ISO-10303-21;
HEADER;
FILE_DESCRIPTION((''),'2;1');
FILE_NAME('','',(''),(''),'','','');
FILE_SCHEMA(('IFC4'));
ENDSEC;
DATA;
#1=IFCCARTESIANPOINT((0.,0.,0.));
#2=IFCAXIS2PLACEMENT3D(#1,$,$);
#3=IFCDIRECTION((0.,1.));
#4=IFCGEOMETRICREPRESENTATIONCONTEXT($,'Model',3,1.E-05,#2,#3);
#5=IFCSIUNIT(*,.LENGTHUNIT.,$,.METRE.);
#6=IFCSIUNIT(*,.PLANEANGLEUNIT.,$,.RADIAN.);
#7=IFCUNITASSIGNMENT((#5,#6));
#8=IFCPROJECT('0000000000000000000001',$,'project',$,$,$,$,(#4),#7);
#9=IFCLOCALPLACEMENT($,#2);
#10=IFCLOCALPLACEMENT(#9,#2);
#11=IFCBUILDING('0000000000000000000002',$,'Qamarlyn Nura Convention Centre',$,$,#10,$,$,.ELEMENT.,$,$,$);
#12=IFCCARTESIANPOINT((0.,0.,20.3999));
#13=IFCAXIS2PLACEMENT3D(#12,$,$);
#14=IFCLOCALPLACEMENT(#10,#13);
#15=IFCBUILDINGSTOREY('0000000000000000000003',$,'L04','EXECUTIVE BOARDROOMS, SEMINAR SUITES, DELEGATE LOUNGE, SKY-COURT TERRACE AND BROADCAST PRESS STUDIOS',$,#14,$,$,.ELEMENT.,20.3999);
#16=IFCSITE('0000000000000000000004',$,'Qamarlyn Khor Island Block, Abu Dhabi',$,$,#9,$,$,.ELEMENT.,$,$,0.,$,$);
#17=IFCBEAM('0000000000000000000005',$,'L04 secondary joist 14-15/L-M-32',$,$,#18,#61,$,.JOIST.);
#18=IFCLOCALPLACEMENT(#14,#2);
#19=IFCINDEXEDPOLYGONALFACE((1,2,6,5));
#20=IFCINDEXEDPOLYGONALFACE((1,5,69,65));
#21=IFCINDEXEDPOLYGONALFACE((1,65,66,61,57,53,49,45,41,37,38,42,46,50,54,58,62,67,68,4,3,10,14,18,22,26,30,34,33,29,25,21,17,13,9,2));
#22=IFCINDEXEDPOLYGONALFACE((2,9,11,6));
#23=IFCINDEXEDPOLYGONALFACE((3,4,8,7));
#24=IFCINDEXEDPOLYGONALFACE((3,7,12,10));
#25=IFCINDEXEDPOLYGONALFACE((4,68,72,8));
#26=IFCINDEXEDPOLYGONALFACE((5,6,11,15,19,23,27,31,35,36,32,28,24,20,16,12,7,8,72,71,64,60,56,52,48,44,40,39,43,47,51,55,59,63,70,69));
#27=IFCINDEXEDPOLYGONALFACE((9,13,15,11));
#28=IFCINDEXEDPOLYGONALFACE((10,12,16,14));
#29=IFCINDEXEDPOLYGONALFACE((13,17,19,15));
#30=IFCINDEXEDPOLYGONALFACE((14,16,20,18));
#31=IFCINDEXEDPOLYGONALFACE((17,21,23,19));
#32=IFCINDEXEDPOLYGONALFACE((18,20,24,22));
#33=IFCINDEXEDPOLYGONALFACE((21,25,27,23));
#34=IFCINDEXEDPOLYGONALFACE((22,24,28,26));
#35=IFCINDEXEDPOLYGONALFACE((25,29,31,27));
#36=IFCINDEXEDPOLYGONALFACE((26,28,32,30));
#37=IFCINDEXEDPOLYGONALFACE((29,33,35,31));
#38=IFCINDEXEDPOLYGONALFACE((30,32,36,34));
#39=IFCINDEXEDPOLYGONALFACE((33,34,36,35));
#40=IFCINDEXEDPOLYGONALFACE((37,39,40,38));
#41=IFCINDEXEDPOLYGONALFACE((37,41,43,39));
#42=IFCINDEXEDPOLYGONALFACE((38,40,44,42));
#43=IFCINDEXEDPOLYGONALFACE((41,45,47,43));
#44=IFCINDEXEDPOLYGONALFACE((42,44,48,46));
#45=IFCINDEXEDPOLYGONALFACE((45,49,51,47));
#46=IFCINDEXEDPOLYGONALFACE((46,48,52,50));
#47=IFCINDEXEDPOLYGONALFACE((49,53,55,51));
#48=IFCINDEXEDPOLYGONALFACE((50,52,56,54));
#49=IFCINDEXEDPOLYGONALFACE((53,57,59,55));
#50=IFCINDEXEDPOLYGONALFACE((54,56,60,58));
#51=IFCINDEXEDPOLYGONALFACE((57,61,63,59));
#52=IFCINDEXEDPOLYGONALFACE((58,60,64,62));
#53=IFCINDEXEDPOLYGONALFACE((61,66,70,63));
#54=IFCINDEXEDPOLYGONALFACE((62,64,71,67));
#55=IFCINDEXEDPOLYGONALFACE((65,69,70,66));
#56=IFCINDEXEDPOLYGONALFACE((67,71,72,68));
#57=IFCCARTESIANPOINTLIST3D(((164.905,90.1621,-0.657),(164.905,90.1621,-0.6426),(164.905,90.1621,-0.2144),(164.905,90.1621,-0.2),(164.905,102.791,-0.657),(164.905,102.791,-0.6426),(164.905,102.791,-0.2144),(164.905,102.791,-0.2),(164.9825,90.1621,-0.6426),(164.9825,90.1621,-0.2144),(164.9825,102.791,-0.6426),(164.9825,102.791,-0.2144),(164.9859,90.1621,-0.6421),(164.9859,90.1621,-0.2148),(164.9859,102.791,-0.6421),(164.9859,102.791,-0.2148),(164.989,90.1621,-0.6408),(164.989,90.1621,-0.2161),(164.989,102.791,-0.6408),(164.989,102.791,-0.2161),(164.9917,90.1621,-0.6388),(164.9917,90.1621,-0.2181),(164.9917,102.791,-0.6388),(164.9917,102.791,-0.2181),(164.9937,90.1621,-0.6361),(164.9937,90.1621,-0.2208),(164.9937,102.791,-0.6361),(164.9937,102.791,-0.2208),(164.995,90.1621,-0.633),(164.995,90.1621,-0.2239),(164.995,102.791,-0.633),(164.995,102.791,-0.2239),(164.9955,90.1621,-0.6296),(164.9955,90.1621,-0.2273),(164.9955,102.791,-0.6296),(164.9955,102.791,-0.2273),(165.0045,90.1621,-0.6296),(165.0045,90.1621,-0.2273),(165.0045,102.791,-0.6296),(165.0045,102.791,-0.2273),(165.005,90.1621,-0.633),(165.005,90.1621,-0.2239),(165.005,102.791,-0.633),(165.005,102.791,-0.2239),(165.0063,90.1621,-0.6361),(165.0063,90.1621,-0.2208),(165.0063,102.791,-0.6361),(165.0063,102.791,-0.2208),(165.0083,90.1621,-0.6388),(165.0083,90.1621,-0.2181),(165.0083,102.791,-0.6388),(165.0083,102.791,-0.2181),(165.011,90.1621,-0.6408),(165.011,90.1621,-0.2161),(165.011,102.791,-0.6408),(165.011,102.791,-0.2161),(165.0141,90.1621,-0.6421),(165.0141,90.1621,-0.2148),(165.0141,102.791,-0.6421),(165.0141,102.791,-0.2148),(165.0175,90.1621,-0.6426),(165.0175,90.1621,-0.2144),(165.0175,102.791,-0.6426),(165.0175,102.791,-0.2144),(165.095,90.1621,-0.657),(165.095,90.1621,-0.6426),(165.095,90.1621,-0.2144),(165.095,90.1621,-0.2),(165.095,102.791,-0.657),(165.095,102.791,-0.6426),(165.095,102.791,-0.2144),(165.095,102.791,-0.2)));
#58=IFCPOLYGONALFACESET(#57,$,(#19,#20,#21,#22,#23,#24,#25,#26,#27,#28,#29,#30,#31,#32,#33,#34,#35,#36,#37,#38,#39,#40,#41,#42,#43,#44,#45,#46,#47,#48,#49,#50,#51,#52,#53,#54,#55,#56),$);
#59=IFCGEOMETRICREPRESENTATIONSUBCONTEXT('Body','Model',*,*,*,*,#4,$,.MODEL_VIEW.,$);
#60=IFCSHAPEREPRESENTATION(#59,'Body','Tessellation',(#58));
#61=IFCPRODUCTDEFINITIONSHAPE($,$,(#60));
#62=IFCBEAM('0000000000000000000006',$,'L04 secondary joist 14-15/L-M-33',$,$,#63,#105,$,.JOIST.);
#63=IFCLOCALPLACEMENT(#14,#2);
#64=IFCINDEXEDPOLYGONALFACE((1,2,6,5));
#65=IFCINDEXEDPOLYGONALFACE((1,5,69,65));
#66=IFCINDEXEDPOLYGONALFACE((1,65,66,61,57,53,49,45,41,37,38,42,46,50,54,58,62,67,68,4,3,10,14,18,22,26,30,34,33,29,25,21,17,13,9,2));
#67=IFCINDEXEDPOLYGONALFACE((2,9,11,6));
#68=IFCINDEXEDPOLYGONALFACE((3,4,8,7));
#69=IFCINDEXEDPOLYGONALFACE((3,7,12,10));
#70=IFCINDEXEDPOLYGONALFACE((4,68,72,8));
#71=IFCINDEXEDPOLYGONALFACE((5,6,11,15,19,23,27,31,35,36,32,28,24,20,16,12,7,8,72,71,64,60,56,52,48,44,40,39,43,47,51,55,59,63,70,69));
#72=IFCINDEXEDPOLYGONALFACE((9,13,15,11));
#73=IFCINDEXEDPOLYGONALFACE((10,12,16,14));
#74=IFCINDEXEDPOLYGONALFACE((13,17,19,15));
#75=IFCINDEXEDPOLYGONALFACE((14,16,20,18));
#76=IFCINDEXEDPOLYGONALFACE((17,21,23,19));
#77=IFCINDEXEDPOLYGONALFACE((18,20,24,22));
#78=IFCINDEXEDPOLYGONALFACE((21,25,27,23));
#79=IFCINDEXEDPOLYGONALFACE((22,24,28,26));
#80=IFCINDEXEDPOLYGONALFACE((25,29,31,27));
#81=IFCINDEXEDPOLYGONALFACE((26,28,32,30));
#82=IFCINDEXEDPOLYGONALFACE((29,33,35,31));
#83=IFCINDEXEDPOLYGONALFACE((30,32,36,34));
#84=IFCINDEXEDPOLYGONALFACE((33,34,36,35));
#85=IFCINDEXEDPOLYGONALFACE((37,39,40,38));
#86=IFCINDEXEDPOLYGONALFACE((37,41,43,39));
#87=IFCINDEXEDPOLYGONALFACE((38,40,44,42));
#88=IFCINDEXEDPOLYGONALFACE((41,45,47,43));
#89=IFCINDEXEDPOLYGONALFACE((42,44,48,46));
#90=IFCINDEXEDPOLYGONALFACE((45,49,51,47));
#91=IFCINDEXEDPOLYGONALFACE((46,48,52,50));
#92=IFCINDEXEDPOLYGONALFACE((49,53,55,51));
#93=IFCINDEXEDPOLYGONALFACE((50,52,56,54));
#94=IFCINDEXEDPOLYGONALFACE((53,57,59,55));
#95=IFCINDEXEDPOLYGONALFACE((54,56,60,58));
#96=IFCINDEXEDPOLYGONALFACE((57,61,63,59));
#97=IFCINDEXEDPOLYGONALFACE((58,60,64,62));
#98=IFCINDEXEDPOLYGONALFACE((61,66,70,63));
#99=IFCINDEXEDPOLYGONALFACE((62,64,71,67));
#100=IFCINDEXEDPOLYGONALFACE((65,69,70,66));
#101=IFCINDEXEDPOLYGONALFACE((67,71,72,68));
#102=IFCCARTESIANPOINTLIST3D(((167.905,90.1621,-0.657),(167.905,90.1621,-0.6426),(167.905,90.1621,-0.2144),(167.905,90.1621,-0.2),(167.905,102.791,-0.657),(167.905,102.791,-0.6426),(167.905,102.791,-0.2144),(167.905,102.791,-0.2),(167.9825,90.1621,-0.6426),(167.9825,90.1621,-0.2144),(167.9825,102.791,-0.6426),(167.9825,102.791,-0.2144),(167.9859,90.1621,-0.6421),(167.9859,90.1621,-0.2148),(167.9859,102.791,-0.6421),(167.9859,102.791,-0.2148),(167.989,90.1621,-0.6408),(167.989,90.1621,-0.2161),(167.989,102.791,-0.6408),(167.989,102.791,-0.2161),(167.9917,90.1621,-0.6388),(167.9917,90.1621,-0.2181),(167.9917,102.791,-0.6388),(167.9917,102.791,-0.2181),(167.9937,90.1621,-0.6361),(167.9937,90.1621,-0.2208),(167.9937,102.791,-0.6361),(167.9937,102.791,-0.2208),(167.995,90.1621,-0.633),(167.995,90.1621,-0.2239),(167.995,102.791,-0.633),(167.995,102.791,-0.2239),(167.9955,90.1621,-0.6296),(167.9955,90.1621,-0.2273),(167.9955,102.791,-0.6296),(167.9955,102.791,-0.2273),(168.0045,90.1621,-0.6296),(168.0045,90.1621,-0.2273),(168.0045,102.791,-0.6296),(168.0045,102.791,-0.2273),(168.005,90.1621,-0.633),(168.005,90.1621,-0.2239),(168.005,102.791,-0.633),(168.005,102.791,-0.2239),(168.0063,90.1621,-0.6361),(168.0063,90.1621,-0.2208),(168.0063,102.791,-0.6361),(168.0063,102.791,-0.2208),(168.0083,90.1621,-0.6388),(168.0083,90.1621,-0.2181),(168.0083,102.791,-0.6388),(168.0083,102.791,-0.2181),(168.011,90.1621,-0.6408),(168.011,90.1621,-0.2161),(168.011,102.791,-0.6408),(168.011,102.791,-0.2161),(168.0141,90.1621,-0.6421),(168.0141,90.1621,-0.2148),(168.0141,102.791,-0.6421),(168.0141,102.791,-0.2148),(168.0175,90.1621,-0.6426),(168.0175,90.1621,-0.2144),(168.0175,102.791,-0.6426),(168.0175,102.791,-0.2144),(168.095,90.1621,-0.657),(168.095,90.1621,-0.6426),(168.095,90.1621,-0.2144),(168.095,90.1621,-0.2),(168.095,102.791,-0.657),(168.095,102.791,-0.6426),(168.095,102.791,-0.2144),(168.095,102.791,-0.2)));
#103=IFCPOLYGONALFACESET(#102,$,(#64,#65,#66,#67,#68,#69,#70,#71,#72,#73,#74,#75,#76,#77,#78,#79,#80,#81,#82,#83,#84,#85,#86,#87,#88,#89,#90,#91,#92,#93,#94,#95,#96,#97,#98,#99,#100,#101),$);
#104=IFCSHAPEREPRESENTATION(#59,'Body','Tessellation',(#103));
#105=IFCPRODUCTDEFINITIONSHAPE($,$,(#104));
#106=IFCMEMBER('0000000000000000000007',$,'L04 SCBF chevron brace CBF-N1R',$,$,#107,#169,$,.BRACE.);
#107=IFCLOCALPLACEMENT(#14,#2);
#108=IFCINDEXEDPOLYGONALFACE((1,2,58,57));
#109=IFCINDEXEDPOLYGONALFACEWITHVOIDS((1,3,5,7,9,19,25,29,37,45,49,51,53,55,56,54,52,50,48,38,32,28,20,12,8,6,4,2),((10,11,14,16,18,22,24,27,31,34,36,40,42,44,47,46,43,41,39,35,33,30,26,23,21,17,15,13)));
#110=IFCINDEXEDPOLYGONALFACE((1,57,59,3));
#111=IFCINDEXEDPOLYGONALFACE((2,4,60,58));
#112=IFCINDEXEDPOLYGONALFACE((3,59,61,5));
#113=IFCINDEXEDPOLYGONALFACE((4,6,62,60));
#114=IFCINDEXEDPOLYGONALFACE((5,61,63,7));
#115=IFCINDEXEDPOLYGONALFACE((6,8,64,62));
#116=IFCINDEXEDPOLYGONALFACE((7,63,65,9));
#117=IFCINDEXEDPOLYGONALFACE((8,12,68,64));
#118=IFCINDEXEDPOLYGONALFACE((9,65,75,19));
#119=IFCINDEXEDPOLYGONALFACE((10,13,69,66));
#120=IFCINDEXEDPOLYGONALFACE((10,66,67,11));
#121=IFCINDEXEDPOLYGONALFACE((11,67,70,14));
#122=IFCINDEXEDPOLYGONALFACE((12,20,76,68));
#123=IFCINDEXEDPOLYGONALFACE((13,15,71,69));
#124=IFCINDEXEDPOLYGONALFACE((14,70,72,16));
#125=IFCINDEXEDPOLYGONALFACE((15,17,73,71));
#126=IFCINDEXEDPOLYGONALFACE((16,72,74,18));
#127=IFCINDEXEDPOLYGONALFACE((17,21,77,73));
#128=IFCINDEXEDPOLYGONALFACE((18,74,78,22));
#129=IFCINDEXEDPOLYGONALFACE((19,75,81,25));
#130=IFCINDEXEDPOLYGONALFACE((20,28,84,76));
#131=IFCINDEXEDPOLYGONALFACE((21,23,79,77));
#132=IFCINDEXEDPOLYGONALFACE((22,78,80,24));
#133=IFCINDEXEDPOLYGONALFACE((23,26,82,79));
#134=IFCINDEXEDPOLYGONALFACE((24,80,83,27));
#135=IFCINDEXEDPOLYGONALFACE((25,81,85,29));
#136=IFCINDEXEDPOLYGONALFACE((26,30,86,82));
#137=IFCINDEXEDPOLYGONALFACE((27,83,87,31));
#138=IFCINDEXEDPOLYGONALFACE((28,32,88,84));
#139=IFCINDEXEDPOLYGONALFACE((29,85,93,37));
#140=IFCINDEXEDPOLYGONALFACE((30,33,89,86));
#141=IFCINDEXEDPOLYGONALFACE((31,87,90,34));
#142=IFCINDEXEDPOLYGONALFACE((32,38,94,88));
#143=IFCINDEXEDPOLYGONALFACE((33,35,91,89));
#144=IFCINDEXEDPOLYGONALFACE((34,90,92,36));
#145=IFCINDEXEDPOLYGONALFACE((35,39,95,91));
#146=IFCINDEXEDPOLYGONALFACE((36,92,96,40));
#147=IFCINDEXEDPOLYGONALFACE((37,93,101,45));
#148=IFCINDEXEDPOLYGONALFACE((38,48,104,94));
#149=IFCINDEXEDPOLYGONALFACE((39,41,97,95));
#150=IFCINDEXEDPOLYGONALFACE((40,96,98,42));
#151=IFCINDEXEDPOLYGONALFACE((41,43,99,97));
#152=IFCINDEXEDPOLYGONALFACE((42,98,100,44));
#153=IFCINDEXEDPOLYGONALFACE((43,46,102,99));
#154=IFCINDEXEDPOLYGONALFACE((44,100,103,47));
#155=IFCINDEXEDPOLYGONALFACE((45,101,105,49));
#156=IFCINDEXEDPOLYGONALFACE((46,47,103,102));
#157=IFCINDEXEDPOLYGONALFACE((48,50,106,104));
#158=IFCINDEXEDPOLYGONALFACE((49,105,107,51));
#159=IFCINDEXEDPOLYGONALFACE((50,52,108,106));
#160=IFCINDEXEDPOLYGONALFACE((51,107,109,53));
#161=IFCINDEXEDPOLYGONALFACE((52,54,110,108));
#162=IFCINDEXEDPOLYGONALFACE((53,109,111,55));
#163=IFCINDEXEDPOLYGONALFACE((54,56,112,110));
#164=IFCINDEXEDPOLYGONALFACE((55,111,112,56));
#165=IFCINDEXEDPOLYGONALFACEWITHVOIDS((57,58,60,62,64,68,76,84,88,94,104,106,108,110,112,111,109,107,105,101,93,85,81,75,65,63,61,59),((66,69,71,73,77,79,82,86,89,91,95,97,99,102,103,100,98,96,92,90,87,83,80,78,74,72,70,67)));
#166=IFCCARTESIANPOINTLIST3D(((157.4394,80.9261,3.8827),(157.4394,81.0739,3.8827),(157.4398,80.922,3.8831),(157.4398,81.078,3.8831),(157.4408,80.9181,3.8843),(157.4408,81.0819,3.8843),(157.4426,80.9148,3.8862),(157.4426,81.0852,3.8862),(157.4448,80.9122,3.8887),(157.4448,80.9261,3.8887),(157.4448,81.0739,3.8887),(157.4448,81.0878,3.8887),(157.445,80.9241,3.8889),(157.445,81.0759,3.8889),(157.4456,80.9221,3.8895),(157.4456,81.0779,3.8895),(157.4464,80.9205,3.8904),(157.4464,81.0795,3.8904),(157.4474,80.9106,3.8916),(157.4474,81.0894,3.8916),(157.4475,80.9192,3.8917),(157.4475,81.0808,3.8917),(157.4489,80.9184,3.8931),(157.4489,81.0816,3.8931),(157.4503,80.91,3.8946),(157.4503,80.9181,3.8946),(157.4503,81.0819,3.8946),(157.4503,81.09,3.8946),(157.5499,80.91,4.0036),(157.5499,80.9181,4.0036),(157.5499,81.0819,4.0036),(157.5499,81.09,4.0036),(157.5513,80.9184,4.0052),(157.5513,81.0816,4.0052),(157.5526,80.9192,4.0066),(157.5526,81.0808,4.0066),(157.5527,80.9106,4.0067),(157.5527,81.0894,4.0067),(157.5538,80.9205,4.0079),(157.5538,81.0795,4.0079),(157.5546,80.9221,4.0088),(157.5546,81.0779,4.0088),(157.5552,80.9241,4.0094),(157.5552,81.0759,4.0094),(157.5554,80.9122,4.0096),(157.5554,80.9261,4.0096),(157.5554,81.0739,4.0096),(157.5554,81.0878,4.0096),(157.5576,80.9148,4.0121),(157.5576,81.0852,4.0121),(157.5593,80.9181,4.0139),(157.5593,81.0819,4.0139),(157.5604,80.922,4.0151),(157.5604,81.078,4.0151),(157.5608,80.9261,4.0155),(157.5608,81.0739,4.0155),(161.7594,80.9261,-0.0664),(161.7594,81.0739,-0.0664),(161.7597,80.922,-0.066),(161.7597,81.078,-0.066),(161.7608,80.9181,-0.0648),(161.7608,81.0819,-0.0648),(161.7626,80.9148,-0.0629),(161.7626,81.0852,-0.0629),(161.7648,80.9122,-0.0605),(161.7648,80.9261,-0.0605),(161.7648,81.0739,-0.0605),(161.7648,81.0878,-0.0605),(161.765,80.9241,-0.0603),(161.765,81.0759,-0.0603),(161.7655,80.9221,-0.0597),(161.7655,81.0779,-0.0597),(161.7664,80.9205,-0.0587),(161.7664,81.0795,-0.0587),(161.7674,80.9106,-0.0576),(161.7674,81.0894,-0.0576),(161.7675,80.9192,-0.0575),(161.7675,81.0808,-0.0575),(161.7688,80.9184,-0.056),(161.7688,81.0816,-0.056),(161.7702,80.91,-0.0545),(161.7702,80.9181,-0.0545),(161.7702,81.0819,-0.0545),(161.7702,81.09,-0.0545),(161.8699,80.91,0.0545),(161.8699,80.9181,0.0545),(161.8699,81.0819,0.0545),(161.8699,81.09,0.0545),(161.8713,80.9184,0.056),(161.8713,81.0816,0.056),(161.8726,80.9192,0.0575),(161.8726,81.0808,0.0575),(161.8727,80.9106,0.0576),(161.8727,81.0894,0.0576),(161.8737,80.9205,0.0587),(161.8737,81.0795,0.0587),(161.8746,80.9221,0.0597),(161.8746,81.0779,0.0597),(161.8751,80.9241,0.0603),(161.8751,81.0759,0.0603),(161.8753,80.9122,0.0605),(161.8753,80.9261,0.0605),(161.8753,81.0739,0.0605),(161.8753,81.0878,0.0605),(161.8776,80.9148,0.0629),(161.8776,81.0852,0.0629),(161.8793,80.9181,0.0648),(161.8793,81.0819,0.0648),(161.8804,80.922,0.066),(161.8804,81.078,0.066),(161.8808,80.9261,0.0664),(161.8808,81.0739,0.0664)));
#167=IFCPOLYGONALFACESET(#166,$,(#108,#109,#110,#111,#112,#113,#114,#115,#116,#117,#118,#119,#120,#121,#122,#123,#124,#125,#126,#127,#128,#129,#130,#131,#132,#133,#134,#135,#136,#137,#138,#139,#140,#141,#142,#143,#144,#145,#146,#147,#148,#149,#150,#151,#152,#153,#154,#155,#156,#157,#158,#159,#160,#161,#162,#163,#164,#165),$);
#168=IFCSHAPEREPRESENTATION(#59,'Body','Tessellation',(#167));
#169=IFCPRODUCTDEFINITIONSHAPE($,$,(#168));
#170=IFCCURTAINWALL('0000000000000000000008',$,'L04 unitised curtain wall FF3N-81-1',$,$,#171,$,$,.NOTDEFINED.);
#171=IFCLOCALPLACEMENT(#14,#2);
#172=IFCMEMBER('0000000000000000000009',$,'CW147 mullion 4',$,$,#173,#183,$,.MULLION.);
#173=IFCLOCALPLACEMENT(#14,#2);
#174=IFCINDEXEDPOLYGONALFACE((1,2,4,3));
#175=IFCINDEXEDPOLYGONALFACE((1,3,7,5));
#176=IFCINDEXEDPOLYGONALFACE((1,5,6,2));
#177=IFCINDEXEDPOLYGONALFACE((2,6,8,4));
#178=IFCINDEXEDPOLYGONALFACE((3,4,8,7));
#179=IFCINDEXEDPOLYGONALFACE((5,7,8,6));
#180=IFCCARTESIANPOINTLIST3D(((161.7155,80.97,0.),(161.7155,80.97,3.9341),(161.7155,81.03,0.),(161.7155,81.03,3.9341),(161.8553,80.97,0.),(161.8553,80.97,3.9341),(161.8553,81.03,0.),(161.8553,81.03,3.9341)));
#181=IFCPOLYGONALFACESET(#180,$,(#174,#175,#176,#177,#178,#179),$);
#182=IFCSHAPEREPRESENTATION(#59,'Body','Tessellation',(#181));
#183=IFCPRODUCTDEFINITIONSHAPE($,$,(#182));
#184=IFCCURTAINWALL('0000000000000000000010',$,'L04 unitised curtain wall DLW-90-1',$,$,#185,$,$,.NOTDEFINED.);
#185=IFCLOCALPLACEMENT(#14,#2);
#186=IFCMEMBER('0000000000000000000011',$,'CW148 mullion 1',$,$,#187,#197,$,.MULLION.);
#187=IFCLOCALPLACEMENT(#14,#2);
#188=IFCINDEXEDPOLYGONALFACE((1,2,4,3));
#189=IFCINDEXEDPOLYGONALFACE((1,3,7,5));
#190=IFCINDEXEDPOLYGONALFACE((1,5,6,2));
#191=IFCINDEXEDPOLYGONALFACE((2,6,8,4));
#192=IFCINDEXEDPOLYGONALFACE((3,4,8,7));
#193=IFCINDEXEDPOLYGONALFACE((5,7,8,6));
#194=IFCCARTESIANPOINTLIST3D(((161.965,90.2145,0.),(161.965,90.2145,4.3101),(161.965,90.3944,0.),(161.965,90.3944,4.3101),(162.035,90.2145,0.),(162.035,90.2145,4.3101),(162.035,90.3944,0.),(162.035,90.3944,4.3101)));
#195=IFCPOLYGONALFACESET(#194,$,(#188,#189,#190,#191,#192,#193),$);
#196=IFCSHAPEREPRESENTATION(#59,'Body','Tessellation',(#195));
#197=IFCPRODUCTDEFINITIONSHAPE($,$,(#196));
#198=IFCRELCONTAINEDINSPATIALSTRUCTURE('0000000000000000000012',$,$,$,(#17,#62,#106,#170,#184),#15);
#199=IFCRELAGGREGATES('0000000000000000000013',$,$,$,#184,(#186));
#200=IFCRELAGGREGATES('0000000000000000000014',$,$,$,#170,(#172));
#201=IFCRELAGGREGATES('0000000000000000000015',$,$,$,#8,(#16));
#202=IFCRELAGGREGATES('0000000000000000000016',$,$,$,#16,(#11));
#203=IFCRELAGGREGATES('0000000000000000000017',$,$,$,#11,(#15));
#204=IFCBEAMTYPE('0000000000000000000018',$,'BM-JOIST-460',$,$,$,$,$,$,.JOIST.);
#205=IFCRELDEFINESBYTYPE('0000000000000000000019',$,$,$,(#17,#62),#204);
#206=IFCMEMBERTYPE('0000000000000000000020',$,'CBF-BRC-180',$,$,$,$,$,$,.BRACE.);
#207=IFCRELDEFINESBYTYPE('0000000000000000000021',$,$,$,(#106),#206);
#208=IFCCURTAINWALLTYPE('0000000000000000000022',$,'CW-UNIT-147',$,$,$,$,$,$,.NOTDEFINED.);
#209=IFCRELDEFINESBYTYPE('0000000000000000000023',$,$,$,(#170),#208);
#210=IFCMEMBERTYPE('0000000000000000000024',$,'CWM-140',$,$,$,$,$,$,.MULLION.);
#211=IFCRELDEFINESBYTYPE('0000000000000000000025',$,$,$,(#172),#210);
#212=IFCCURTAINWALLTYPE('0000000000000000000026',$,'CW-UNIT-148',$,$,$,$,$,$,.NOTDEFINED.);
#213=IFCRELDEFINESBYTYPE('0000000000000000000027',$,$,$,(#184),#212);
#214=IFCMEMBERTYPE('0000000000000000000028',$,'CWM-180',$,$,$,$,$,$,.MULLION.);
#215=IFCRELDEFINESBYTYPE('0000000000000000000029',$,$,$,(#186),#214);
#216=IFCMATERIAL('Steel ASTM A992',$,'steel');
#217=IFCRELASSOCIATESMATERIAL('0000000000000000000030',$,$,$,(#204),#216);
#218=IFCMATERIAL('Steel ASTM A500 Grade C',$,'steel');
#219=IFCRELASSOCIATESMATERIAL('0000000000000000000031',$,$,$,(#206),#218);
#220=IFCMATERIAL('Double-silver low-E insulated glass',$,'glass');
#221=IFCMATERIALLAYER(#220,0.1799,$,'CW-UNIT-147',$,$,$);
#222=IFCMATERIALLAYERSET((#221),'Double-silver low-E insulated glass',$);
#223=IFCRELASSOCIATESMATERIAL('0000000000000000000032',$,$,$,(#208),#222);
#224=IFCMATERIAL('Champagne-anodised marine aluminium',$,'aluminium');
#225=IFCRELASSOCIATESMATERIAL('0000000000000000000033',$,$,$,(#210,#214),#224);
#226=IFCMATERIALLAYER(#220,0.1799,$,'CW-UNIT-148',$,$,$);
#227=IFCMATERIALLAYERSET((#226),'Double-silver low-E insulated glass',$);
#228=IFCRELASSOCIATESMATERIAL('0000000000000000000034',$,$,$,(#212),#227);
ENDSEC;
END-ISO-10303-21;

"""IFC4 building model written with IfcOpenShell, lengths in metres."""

from ifc_helpers import new_model, si_unit, direction, frame, origin, origin_2d, place, context, subcontext, project, spatial, rectangle, hollow_rectangle, i_section, extrude, material, layer, layer_set, material_profile, profile_set, type_object, element, aggregate, save


model = new_model("IFC4")

# Units and contexts
model_context = context("Model", 3, precision=1e-05, world=origin(), true_north=direction((0.0, 1.0)))
body_context = subcontext(model_context, "Body", "Model", "MODEL_VIEW")
ifc_project = project(units=[si_unit("LENGTHUNIT", "METRE"), si_unit("PLANEANGLEUNIT", "RADIAN")], contexts=[model_context])

# Site, building, storey
site_placement = place(None, origin())
site = spatial("IfcSite", under=ifc_project, at=site_placement, Name="Qamarlyn Khor Island Block, Abu Dhabi", CompositionType="ELEMENT", RefElevation=0.0)
building_placement = place(site_placement, origin())
building = spatial("IfcBuilding", under=site, at=building_placement, Name="Qamarlyn Nura Convention Centre", CompositionType="ELEMENT")
storey_placement = place(building_placement, frame((0.0, 0.0, 20.3999)))
storey = spatial("IfcBuildingStorey", under=building, at=storey_placement, Name="L04", Description="EXECUTIVE BOARDROOMS, SEMINAR SUITES, DELEGATE LOUNGE, SKY-COURT TERRACE AND BROADCAST PRESS STUDIOS", CompositionType="ELEMENT", Elevation=20.3999)

# Shared definitions
ifc_material_1 = material(Name="Steel ASTM A992", Category="steel")

# Beams
ifc_material_profile_1 = material_profile(ifc_material_1, i_section(OverallWidth=0.1899, OverallDepth=0.457, WebThickness=0.009, FlangeThickness=0.0144, FilletRadius=0.0129, at=origin_2d()), Name="W460X74")
ifc_profile_set_1 = profile_set([ifc_material_profile_1], Name="Steel ASTM A992")
beam_type_1 = type_object("IfcBeamType", Name="BM-JOIST-460", PredefinedType="JOIST", material=ifc_profile_set_1)
for number, where, z_axis, x_axis, name in (
    (1, (165.0, 90.1621, -0.4285), (0.0, 1.0, 0.0), (-1.0, 0.0, 0.0), "L04 secondary joist 14-15/L-M-32"),
    (2, (168.0, 90.1621, -0.4285), (0.0, 1.0, 0.0), (-1.0, 0.0, 0.0), "L04 secondary joist 14-15/L-M-33"),
):
    element("IfcBeam", number, at=place(storey_placement, frame(where, z_axis=z_axis, x_axis=x_axis)), inside=storey, type_object=beam_type_1, Name=name, PredefinedType="JOIST", context=body_context, shape_type="SweptSolid", body=[
        extrude(i_section(OverallWidth=0.1899, OverallDepth=0.457, WebThickness=0.009, FlangeThickness=0.0144, FilletRadius=0.0129, at=origin_2d()), origin(), (0.0, 0.0, 1.0), 12.6289),
    ])

# Member
ifc_material_2 = material(Name="Steel ASTM A500 Grade C", Category="steel")
ifc_material_profile_2 = material_profile(ifc_material_2, hollow_rectangle(XDim=0.1799, YDim=0.1799, WallThickness=0.0081, InnerFilletRadius=0.0081, OuterFilletRadius=0.0161, at=origin_2d()), Name="HSS180X180X8")
ifc_profile_set_2 = profile_set([ifc_material_profile_2], Name="Steel ASTM A500 Grade C")
member_type_1 = type_object("IfcMemberType", Name="CBF-BRC-180", PredefinedType="BRACE", material=ifc_profile_set_2)
member_1_placement = place(storey_placement, frame((161.8201, 81.0, 0.0), z_axis=(-0.738076, 0.0, 0.674717), x_axis=(0.0, -1.0, 0.0)))
element("IfcMember", 3, at=member_1_placement, inside=storey, type_object=member_type_1, Name="L04 SCBF chevron brace CBF-N1R", PredefinedType="BRACE", context=body_context, shape_type="SweptSolid", body=[
    extrude(hollow_rectangle(XDim=0.1799, YDim=0.1799, WallThickness=0.0081, InnerFilletRadius=0.0081, OuterFilletRadius=0.0161, at=origin_2d()), origin(), (0.0, 0.0, 1.0), 5.853),
])

# Curtain walls, members
ifc_material_3 = material(Name="Double-silver low-E insulated glass", Category="glass")
ifc_layer_1 = layer(ifc_material_3, 0.1799, Name="CW-UNIT-147")
ifc_layer_set_1 = layer_set([ifc_layer_1], Name="Double-silver low-E insulated glass")
curtain_wall_type_1 = type_object("IfcCurtainWallType", Name="CW-UNIT-147", PredefinedType="NOTDEFINED", material=ifc_layer_set_1)
curtain_wall_1_placement = place(storey_placement, origin())
curtain_wall_1 = element("IfcCurtainWall", 4, at=curtain_wall_1_placement, inside=storey, type_object=curtain_wall_type_1, Name="L04 unitised curtain wall FF3N-81-1", PredefinedType="NOTDEFINED")
ifc_material_4 = material(Name="Champagne-anodised marine aluminium", Category="aluminium")
ifc_material_profile_3 = material_profile(ifc_material_4, rectangle(XDim=0.0601, YDim=0.1399, at=origin_2d()), Name="ALU MULLION 60x140")
ifc_profile_set_3 = profile_set([ifc_material_profile_3], Name="Champagne-anodised marine aluminium")
member_type_2 = type_object("IfcMemberType", Name="CWM-140", PredefinedType="MULLION", material=ifc_profile_set_3)
member_2_placement = place(storey_placement, frame((161.7854, 81.0, 0.0), z_axis=(0.0, 0.0, 1.0), x_axis=(0.0, 1.0, 0.0)))
member_2 = element("IfcMember", 5, at=member_2_placement, type_object=member_type_2, Name="CW147 mullion 4", PredefinedType="MULLION", context=body_context, shape_type="SweptSolid", body=[
    extrude(rectangle(XDim=0.0601, YDim=0.1399, at=origin_2d()), origin(), (0.0, 0.0, 1.0), 3.9341),
])
ifc_layer_2 = layer(ifc_material_3, 0.1799, Name="CW-UNIT-148")
ifc_layer_set_2 = layer_set([ifc_layer_2], Name="Double-silver low-E insulated glass")
curtain_wall_type_2 = type_object("IfcCurtainWallType", Name="CW-UNIT-148", PredefinedType="NOTDEFINED", material=ifc_layer_set_2)
curtain_wall_2_placement = place(storey_placement, origin())
curtain_wall_2 = element("IfcCurtainWall", 6, at=curtain_wall_2_placement, inside=storey, type_object=curtain_wall_type_2, Name="L04 unitised curtain wall DLW-90-1", PredefinedType="NOTDEFINED")
ifc_material_profile_4 = material_profile(ifc_material_4, rectangle(XDim=0.0701, YDim=0.1799, at=origin_2d()), Name="ALU MULLION 70x180")
ifc_profile_set_4 = profile_set([ifc_material_profile_4], Name="Champagne-anodised marine aluminium")
member_type_3 = type_object("IfcMemberType", Name="CWM-180", PredefinedType="MULLION", material=ifc_profile_set_4)
member_3_placement = place(storey_placement, frame((162.0, 90.3044, 0.0), z_axis=(0.0, 0.0, 1.0), x_axis=(-1.0, 0.0, 0.0)))
member_3 = element("IfcMember", 7, at=member_3_placement, type_object=member_type_3, Name="CW148 mullion 1", PredefinedType="MULLION", context=body_context, shape_type="SweptSolid", body=[
    extrude(rectangle(XDim=0.0701, YDim=0.1799, at=origin_2d()), origin(), (0.0, 0.0, 1.0), 4.3101),
])

aggregate(curtain_wall_2, [member_3])

aggregate(curtain_wall_1, [member_2])

save(model, "model.ifc")
